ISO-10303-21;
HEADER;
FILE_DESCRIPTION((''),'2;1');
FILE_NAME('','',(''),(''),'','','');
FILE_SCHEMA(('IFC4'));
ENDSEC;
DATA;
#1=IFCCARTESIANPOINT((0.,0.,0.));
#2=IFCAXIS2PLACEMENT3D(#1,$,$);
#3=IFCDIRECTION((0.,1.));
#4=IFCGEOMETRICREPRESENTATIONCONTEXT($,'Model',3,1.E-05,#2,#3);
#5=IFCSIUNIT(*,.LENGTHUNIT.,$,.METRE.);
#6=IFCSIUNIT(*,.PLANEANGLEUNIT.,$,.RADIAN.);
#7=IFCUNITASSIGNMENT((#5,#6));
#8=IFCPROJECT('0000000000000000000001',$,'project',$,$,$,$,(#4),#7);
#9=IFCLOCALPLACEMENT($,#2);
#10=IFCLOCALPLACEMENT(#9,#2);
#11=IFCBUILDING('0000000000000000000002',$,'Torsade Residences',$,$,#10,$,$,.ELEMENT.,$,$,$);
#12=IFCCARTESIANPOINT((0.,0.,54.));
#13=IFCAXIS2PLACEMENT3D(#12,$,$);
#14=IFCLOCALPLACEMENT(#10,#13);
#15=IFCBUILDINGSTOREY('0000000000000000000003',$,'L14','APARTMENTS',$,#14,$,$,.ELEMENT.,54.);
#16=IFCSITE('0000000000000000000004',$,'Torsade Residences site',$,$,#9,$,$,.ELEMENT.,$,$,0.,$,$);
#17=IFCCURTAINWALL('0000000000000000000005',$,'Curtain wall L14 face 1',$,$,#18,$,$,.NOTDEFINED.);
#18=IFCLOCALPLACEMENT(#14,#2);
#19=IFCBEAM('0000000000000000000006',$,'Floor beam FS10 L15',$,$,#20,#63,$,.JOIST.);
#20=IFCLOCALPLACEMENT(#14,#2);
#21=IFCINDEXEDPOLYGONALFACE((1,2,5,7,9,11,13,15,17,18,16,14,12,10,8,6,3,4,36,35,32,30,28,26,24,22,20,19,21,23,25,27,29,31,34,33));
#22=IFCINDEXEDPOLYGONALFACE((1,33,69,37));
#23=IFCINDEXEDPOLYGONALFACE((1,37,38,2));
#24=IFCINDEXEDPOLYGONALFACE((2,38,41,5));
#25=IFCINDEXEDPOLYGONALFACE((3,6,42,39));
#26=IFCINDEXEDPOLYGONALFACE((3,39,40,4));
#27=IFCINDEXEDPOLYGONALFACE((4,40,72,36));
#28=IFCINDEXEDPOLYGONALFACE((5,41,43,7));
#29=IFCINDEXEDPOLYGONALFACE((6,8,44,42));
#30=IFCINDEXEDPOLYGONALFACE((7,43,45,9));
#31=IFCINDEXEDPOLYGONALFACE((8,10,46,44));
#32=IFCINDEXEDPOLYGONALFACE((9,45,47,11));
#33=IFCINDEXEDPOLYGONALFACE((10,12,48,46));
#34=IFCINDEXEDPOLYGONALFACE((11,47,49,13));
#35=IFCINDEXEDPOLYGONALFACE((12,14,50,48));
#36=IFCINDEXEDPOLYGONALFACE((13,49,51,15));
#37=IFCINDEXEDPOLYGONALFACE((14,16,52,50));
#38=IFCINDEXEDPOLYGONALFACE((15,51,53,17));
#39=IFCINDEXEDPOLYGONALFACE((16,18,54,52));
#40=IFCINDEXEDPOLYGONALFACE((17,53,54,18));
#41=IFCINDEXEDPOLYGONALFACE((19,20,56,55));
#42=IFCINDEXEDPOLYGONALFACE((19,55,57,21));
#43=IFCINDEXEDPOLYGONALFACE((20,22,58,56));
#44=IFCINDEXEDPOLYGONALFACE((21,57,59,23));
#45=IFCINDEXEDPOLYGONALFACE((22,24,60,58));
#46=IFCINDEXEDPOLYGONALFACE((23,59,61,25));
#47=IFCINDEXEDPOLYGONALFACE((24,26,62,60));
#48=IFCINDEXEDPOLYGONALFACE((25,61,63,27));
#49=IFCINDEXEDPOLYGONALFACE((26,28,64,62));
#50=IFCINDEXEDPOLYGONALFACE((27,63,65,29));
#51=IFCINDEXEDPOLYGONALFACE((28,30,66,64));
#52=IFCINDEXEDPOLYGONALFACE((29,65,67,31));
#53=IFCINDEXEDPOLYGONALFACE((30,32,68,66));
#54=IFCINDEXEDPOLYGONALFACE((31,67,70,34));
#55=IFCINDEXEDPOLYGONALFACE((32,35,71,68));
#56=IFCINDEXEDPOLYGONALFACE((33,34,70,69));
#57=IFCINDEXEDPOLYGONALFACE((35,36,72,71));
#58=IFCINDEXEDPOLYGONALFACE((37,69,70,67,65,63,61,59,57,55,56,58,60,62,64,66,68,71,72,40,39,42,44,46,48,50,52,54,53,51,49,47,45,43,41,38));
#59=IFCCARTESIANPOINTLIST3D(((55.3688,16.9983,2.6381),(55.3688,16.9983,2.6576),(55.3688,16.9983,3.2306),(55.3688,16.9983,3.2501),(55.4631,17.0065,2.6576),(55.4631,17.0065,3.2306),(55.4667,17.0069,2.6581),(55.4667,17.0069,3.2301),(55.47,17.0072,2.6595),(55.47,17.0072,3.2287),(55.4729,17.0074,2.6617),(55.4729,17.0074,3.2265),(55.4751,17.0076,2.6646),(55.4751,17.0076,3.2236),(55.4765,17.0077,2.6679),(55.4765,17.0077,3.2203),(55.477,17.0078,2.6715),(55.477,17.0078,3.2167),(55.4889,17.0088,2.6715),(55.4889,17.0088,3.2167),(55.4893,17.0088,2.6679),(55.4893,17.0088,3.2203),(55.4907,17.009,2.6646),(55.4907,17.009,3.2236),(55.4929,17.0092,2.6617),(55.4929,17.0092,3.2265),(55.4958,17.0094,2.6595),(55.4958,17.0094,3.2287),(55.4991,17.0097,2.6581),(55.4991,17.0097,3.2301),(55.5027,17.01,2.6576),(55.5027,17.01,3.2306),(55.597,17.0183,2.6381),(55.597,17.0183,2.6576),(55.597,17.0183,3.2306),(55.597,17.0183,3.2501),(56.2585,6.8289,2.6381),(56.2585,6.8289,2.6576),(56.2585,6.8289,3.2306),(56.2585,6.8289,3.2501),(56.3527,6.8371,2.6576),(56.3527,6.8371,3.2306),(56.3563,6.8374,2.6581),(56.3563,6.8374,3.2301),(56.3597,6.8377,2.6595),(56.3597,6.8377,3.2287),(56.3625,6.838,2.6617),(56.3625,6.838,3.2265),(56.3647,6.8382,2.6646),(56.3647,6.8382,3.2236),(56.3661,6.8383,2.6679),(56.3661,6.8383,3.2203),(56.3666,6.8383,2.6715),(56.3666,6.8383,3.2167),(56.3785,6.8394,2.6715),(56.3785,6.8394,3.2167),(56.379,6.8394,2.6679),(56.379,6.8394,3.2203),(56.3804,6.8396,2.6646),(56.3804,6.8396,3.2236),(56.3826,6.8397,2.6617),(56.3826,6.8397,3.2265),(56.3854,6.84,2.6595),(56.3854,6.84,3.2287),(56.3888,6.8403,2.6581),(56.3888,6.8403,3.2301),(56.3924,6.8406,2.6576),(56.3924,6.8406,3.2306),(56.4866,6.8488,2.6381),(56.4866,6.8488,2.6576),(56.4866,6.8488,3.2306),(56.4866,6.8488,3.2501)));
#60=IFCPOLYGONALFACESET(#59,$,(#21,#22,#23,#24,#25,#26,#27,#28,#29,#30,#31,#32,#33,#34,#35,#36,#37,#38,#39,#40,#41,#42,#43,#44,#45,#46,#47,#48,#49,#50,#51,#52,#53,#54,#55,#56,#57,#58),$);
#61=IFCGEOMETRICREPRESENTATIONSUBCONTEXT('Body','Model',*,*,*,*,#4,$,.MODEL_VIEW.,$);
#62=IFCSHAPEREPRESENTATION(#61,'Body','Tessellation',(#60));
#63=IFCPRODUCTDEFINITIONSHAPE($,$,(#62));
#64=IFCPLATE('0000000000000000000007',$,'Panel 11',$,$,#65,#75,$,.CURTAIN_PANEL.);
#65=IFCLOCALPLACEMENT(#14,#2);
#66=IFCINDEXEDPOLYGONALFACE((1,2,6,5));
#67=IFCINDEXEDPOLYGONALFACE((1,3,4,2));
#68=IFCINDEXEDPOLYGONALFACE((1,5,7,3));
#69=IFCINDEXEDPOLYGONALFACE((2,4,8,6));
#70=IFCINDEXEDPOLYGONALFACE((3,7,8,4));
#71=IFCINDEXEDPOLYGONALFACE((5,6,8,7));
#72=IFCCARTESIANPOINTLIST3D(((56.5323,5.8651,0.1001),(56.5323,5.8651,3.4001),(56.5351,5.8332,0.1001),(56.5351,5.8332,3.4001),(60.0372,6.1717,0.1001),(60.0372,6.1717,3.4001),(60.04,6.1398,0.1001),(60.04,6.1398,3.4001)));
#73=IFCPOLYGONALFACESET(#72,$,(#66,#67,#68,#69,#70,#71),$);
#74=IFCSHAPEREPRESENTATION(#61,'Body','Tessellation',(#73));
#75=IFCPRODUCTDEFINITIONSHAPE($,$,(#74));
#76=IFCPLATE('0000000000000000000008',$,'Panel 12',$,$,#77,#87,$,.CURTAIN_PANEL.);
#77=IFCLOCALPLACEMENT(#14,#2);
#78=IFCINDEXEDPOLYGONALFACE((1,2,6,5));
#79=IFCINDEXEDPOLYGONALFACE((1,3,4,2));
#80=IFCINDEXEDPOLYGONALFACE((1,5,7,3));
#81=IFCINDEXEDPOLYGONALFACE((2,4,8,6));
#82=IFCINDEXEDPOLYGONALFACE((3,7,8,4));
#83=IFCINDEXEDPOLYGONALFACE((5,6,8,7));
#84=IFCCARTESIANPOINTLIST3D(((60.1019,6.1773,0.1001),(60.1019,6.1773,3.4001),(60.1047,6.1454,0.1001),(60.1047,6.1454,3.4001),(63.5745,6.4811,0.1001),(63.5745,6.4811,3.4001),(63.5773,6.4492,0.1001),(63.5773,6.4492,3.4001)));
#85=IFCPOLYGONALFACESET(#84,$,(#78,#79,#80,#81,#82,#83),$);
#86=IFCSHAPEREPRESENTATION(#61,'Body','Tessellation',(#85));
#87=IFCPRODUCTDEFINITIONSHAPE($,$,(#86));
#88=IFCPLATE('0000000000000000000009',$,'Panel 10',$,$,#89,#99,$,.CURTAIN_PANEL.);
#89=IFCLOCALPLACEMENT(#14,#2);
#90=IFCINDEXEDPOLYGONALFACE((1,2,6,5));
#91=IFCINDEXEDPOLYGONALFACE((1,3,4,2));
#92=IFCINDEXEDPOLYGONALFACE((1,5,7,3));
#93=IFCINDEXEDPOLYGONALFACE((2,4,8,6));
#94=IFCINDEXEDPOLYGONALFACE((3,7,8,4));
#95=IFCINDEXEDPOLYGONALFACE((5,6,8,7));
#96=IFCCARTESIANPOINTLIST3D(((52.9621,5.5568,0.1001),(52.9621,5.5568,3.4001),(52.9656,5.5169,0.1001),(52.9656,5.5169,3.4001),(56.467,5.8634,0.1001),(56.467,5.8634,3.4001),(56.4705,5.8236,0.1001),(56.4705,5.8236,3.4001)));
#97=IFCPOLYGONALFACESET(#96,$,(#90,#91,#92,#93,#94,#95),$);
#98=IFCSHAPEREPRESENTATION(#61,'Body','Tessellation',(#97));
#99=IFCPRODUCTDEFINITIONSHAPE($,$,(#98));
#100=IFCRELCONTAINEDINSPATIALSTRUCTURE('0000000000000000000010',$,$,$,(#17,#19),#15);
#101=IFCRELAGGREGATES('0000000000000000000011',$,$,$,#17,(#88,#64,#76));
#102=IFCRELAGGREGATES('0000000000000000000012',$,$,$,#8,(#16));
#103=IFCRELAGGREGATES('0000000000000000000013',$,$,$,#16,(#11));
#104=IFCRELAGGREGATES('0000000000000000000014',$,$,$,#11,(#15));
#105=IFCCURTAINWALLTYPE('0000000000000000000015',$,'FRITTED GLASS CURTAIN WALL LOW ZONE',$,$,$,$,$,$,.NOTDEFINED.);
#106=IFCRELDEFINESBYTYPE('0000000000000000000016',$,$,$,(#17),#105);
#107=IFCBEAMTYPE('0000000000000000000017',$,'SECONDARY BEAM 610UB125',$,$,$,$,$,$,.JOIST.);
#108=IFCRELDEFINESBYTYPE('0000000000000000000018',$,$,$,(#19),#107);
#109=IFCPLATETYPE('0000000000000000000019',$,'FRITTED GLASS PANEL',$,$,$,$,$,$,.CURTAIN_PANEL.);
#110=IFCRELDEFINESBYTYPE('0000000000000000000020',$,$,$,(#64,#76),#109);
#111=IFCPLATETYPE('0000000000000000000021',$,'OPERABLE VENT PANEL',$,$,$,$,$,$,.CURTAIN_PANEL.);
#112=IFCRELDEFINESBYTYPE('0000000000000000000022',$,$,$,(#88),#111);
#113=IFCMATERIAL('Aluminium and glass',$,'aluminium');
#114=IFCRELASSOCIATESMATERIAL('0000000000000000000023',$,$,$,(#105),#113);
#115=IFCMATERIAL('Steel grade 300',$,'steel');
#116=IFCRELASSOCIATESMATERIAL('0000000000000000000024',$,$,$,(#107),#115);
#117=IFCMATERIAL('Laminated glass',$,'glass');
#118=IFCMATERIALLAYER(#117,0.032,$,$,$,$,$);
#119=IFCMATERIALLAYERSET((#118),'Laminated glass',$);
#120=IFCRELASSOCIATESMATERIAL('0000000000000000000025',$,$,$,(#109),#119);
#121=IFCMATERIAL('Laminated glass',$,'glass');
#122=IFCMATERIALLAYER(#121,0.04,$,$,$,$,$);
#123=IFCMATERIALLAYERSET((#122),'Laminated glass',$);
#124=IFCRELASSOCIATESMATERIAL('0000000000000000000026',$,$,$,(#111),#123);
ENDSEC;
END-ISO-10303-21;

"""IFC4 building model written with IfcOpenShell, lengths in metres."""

from ifc_helpers import new_model, si_unit, direction, frame, origin, origin_2d, place, context, subcontext, project, spatial, rectangle, i_section, extrude, material, layer, layer_set, material_profile, profile_set, type_object, element, aggregate, save


model = new_model("IFC4")

# Units and contexts
model_context = context("Model", 3, precision=1e-05, world=origin(), true_north=direction((0.0, 1.0)))
body_context = subcontext(model_context, "Body", "Model", "MODEL_VIEW")
ifc_project = project(units=[si_unit("LENGTHUNIT", "METRE"), si_unit("PLANEANGLEUNIT", "RADIAN")], contexts=[model_context])

# Site, building, storey
site_placement = place(None, origin())
site = spatial("IfcSite", under=ifc_project, at=site_placement, Name="Torsade Residences site", CompositionType="ELEMENT", RefElevation=0.0)
building_placement = place(site_placement, origin())
building = spatial("IfcBuilding", under=site, at=building_placement, Name="Torsade Residences", CompositionType="ELEMENT")
storey_placement = place(building_placement, frame((0.0, 0.0, 54.0)))
storey = spatial("IfcBuildingStorey", under=building, at=storey_placement, Name="L14", Description="APARTMENTS", CompositionType="ELEMENT", Elevation=54.0)

# Curtain wall
ifc_material_1 = material(Name="Aluminium and glass", Category="aluminium")
curtain_wall_type = type_object("IfcCurtainWallType", Name="FRITTED GLASS CURTAIN WALL LOW ZONE", PredefinedType="NOTDEFINED", material=ifc_material_1)
curtain_wall_placement = place(storey_placement, origin())
curtain_wall = element("IfcCurtainWall", 1, at=curtain_wall_placement, inside=storey, type_object=curtain_wall_type, Name="Curtain wall L14 face 1", PredefinedType="NOTDEFINED")

# Beam
ifc_material_2 = material(Name="Steel grade 300", Category="steel")
ifc_material_profile_1 = material_profile(ifc_material_2, i_section(OverallWidth=0.229, OverallDepth=0.6121, WebThickness=0.012, FlangeThickness=0.0195, FilletRadius=0.0139, at=origin_2d()), Name="610UB125")
ifc_profile_set_1 = profile_set([ifc_material_profile_1], Name="Steel grade 300")
beam_type_1 = type_object("IfcBeamType", Name="SECONDARY BEAM 610UB125", PredefinedType="JOIST", material=ifc_profile_set_1)
beam_1_placement = place(storey_placement, frame((56.3726, 6.8389, 2.9441), z_axis=(-0.08715, 0.996195, 0.0), x_axis=(-0.996195, -0.08715, 0.0)))
element("IfcBeam", 2, at=beam_1_placement, inside=storey, type_object=beam_type_1, Name="Floor beam FS10 L15", PredefinedType="JOIST", context=body_context, shape_type="SweptSolid", body=[
    extrude(i_section(OverallWidth=0.229, OverallDepth=0.6121, WebThickness=0.012, FlangeThickness=0.0195, FilletRadius=0.0139, at=origin_2d()), origin(), (0.0, 0.0, 1.0), 10.2083),
])

# Plates
ifc_material_3 = material(Name="Laminated glass", Category="glass")
ifc_layer_1 = layer(ifc_material_3, 0.032)
ifc_layer_set_1 = layer_set([ifc_layer_1], Name="Laminated glass")
plate_type_1 = type_object("IfcPlateType", Name="FRITTED GLASS PANEL", PredefinedType="CURTAIN_PANEL", material=ifc_layer_set_1)
plate_1_placement = place(storey_placement, frame((58.2861, 6.0024, 0.1001), z_axis=(0.0, 0.0, 1.0), x_axis=(0.996195, 0.087156, 0.0)))
plate_1 = element("IfcPlate", 3, at=plate_1_placement, type_object=plate_type_1, Name="Panel 11", PredefinedType="CURTAIN_PANEL", context=body_context, shape_type="SweptSolid", body=[
    extrude(rectangle(XDim=3.5183, YDim=0.032, at=origin_2d()), origin(), (0.0, 0.0, 1.0), 3.3),
])
plate_2_placement = place(storey_placement, frame((61.8396, 6.3132, 0.1001), z_axis=(0.0, 0.0, 1.0), x_axis=(0.996195, 0.087156, 0.0)))
plate_2 = element("IfcPlate", 4, at=plate_2_placement, type_object=plate_type_1, Name="Panel 12", PredefinedType="CURTAIN_PANEL", context=body_context, shape_type="SweptSolid", body=[
    extrude(rectangle(XDim=3.4858, YDim=0.032, at=origin_2d()), origin(), (0.0, 0.0, 1.0), 3.3),
])
ifc_material_4 = material(Name="Laminated glass", Category="glass")
ifc_layer_2 = layer(ifc_material_4, 0.04)
ifc_layer_set_2 = layer_set([ifc_layer_2], Name="Laminated glass")
plate_type_2 = type_object("IfcPlateType", Name="OPERABLE VENT PANEL", PredefinedType="CURTAIN_PANEL", material=ifc_layer_set_2)
plate_3_placement = place(storey_placement, frame((54.7163, 5.6902, 0.1001), z_axis=(0.0, 0.0, 1.0), x_axis=(0.996195, 0.087156, 0.0)))
plate_3 = element("IfcPlate", 5, at=plate_3_placement, type_object=plate_type_2, Name="Panel 10", PredefinedType="CURTAIN_PANEL", context=body_context, shape_type="SweptSolid", body=[
    extrude(rectangle(XDim=3.5183, YDim=0.04, at=origin_2d()), origin(), (0.0, 0.0, 1.0), 3.3),
])
aggregate(curtain_wall, [plate_3, plate_1, plate_2])

save(model, "model.ifc")
